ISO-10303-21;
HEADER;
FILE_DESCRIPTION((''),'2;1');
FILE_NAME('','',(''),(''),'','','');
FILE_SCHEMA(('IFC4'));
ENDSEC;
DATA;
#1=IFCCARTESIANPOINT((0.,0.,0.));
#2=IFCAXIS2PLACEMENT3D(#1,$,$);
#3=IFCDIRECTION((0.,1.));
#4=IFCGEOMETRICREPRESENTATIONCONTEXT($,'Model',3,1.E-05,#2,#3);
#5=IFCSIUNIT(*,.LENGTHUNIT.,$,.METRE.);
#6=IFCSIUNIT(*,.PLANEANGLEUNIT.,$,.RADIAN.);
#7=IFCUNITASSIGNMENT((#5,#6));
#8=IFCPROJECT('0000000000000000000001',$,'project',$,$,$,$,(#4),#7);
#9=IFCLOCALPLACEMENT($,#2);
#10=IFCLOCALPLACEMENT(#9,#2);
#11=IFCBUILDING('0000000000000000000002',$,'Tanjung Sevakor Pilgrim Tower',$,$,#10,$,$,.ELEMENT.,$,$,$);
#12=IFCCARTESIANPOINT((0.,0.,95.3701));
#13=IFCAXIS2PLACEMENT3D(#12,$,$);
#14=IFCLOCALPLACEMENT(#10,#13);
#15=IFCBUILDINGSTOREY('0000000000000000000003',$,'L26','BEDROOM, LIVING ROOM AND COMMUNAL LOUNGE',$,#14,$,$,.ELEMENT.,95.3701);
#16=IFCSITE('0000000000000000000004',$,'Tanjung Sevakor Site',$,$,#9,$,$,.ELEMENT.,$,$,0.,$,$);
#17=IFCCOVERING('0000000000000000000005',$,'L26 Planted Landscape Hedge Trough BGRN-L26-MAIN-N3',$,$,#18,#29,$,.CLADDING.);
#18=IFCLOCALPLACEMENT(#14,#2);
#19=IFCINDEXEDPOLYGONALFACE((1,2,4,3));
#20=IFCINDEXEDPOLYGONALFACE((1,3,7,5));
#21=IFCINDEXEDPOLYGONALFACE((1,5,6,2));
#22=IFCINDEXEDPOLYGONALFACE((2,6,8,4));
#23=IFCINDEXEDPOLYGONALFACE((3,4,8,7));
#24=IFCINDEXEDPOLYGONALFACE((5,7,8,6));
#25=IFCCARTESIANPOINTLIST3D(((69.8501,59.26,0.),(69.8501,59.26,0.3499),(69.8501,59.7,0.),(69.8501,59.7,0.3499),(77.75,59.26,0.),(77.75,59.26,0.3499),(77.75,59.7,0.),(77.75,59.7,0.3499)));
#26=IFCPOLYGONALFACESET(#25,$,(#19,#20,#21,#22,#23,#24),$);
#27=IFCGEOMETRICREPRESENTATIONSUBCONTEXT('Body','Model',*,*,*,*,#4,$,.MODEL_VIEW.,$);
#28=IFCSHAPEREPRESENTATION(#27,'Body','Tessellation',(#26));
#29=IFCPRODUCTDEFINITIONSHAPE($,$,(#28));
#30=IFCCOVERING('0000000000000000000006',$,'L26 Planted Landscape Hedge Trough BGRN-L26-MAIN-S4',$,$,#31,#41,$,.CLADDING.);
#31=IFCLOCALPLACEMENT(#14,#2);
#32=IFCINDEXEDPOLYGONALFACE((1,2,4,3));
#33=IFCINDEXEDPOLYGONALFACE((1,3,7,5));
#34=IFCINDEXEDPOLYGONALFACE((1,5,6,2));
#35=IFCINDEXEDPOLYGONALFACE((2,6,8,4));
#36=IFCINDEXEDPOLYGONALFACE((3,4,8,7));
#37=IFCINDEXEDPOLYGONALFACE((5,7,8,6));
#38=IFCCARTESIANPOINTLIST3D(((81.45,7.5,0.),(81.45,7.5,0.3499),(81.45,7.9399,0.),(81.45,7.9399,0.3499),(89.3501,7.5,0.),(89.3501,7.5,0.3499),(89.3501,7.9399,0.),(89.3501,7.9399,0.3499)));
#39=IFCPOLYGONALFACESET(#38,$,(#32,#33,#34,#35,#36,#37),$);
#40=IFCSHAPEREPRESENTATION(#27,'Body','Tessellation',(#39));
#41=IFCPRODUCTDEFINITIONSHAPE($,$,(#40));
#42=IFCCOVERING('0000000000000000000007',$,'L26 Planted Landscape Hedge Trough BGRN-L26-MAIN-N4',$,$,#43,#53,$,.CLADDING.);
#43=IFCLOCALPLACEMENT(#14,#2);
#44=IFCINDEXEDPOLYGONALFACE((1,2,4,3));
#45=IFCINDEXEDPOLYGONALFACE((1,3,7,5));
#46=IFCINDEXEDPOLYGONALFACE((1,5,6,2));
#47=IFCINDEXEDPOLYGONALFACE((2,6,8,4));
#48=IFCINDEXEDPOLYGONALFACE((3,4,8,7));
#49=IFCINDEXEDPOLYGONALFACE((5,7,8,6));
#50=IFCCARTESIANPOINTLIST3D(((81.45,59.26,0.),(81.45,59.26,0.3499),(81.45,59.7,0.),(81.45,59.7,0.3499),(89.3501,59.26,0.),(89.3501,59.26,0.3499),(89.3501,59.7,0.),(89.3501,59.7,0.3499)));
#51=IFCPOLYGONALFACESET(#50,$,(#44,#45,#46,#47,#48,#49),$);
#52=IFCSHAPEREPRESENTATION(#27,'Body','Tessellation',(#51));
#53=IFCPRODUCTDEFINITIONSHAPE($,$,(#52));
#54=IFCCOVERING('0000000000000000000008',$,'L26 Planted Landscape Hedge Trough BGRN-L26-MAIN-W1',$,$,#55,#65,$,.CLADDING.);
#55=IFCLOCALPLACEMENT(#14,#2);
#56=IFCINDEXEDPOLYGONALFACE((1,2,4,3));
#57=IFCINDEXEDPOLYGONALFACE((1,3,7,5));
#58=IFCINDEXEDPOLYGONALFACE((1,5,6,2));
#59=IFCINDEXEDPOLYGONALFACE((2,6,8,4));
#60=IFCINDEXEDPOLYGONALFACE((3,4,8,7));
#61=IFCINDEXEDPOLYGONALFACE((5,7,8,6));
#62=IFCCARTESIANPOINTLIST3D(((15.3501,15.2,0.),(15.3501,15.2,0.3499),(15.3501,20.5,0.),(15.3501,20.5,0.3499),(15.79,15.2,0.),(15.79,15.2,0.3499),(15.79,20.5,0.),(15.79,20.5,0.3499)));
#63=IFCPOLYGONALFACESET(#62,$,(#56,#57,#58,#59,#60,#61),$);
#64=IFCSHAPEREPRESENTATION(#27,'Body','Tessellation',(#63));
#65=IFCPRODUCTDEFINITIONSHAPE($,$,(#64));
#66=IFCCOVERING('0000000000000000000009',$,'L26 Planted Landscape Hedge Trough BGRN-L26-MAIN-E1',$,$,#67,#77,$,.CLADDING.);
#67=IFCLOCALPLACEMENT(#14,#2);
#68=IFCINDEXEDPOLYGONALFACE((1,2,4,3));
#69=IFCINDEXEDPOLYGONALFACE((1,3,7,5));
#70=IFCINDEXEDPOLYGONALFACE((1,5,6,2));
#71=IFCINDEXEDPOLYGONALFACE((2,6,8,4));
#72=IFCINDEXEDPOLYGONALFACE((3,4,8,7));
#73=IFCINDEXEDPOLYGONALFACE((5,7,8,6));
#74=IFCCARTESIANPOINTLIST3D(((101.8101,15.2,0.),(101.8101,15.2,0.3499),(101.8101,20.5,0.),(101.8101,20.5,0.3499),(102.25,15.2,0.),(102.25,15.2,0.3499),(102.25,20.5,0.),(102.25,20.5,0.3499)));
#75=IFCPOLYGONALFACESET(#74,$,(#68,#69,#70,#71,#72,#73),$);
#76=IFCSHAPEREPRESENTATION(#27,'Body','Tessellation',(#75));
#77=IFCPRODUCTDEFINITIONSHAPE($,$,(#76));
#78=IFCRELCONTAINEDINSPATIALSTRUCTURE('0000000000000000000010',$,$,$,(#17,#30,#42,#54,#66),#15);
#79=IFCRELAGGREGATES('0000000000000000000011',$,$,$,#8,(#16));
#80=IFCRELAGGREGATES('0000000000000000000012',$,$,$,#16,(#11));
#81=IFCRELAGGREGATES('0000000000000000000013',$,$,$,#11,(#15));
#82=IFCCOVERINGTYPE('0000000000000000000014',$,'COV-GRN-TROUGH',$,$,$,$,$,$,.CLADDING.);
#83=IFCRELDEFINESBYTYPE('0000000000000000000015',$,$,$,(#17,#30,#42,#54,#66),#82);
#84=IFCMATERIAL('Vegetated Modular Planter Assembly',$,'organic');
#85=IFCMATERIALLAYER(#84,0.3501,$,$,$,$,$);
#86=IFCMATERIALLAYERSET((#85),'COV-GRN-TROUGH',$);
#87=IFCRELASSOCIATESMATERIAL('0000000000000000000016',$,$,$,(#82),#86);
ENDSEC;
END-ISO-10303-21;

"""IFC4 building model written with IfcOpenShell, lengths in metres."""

from ifc_helpers import new_model, si_unit, direction, frame, origin, place, context, subcontext, project, spatial, polyline, outline, extrude, material, layer, layer_set, type_object, element, save


model = new_model("IFC4")

# Units and contexts
model_context = context("Model", 3, precision=1e-05, world=origin(), true_north=direction((0.0, 1.0)))
body_context = subcontext(model_context, "Body", "Model", "MODEL_VIEW")
ifc_project = project(units=[si_unit("LENGTHUNIT", "METRE"), si_unit("PLANEANGLEUNIT", "RADIAN")], contexts=[model_context])

# Site, building, storey
site_placement = place(None, origin())
site = spatial("IfcSite", under=ifc_project, at=site_placement, Name="Tanjung Sevakor Site", CompositionType="ELEMENT", RefElevation=0.0)
building_placement = place(site_placement, origin())
building = spatial("IfcBuilding", under=site, at=building_placement, Name="Tanjung Sevakor Pilgrim Tower", CompositionType="ELEMENT")
storey_placement = place(building_placement, frame((0.0, 0.0, 95.3701)))
storey = spatial("IfcBuildingStorey", under=building, at=storey_placement, Name="L26", Description="BEDROOM, LIVING ROOM AND COMMUNAL LOUNGE", CompositionType="ELEMENT", Elevation=95.3701)

# Coverings
ifc_material_1 = material(Name="Vegetated Modular Planter Assembly", Category="organic")
ifc_layer_1 = layer(ifc_material_1, 0.3501)
ifc_layer_set_1 = layer_set([ifc_layer_1], Name="COV-GRN-TROUGH")
covering_type = type_object("IfcCoveringType", Name="COV-GRN-TROUGH", PredefinedType="CLADDING", material=ifc_layer_set_1)
covering_1_placement = place(storey_placement, origin())
element("IfcCovering", 1, at=covering_1_placement, inside=storey, type_object=covering_type, Name="L26 Planted Landscape Hedge Trough BGRN-L26-MAIN-N3", PredefinedType="CLADDING", context=body_context, shape_type="SweptSolid", body=[
    extrude(outline(polyline([(69.8501, 59.26), (77.75, 59.26), (77.75, 59.7), (69.8501, 59.7), (69.8501, 59.26)])), origin(), (0.0, 0.0, 1.0), 0.3499),
])
covering_2_placement = place(storey_placement, origin())
element("IfcCovering", 2, at=covering_2_placement, inside=storey, type_object=covering_type, Name="L26 Planted Landscape Hedge Trough BGRN-L26-MAIN-S4", PredefinedType="CLADDING", context=body_context, shape_type="SweptSolid", body=[
    extrude(outline(polyline([(81.45, 7.5), (89.3501, 7.5), (89.3501, 7.9399), (81.45, 7.9399), (81.45, 7.5)])), origin(), (0.0, 0.0, 1.0), 0.3499),
])
covering_3_placement = place(storey_placement, origin())
element("IfcCovering", 3, at=covering_3_placement, inside=storey, type_object=covering_type, Name="L26 Planted Landscape Hedge Trough BGRN-L26-MAIN-N4", PredefinedType="CLADDING", context=body_context, shape_type="SweptSolid", body=[
    extrude(outline(polyline([(81.45, 59.26), (89.3501, 59.26), (89.3501, 59.7), (81.45, 59.7), (81.45, 59.26)])), origin(), (0.0, 0.0, 1.0), 0.3499),
])
covering_4_placement = place(storey_placement, origin())
element("IfcCovering", 4, at=covering_4_placement, inside=storey, type_object=covering_type, Name="L26 Planted Landscape Hedge Trough BGRN-L26-MAIN-W1", PredefinedType="CLADDING", context=body_context, shape_type="SweptSolid", body=[
    extrude(outline(polyline([(15.79, 15.2), (15.79, 20.5), (15.3501, 20.5), (15.3501, 15.2), (15.79, 15.2)])), origin(), (0.0, 0.0, 1.0), 0.3499),
])
covering_5_placement = place(storey_placement, origin())
element("IfcCovering", 5, at=covering_5_placement, inside=storey, type_object=covering_type, Name="L26 Planted Landscape Hedge Trough BGRN-L26-MAIN-E1", PredefinedType="CLADDING", context=body_context, shape_type="SweptSolid", body=[
    extrude(outline(polyline([(102.25, 15.2), (102.25, 20.5), (101.8101, 20.5), (101.8101, 15.2), (102.25, 15.2)])), origin(), (0.0, 0.0, 1.0), 0.3499),
])

save(model, "model.ifc")
